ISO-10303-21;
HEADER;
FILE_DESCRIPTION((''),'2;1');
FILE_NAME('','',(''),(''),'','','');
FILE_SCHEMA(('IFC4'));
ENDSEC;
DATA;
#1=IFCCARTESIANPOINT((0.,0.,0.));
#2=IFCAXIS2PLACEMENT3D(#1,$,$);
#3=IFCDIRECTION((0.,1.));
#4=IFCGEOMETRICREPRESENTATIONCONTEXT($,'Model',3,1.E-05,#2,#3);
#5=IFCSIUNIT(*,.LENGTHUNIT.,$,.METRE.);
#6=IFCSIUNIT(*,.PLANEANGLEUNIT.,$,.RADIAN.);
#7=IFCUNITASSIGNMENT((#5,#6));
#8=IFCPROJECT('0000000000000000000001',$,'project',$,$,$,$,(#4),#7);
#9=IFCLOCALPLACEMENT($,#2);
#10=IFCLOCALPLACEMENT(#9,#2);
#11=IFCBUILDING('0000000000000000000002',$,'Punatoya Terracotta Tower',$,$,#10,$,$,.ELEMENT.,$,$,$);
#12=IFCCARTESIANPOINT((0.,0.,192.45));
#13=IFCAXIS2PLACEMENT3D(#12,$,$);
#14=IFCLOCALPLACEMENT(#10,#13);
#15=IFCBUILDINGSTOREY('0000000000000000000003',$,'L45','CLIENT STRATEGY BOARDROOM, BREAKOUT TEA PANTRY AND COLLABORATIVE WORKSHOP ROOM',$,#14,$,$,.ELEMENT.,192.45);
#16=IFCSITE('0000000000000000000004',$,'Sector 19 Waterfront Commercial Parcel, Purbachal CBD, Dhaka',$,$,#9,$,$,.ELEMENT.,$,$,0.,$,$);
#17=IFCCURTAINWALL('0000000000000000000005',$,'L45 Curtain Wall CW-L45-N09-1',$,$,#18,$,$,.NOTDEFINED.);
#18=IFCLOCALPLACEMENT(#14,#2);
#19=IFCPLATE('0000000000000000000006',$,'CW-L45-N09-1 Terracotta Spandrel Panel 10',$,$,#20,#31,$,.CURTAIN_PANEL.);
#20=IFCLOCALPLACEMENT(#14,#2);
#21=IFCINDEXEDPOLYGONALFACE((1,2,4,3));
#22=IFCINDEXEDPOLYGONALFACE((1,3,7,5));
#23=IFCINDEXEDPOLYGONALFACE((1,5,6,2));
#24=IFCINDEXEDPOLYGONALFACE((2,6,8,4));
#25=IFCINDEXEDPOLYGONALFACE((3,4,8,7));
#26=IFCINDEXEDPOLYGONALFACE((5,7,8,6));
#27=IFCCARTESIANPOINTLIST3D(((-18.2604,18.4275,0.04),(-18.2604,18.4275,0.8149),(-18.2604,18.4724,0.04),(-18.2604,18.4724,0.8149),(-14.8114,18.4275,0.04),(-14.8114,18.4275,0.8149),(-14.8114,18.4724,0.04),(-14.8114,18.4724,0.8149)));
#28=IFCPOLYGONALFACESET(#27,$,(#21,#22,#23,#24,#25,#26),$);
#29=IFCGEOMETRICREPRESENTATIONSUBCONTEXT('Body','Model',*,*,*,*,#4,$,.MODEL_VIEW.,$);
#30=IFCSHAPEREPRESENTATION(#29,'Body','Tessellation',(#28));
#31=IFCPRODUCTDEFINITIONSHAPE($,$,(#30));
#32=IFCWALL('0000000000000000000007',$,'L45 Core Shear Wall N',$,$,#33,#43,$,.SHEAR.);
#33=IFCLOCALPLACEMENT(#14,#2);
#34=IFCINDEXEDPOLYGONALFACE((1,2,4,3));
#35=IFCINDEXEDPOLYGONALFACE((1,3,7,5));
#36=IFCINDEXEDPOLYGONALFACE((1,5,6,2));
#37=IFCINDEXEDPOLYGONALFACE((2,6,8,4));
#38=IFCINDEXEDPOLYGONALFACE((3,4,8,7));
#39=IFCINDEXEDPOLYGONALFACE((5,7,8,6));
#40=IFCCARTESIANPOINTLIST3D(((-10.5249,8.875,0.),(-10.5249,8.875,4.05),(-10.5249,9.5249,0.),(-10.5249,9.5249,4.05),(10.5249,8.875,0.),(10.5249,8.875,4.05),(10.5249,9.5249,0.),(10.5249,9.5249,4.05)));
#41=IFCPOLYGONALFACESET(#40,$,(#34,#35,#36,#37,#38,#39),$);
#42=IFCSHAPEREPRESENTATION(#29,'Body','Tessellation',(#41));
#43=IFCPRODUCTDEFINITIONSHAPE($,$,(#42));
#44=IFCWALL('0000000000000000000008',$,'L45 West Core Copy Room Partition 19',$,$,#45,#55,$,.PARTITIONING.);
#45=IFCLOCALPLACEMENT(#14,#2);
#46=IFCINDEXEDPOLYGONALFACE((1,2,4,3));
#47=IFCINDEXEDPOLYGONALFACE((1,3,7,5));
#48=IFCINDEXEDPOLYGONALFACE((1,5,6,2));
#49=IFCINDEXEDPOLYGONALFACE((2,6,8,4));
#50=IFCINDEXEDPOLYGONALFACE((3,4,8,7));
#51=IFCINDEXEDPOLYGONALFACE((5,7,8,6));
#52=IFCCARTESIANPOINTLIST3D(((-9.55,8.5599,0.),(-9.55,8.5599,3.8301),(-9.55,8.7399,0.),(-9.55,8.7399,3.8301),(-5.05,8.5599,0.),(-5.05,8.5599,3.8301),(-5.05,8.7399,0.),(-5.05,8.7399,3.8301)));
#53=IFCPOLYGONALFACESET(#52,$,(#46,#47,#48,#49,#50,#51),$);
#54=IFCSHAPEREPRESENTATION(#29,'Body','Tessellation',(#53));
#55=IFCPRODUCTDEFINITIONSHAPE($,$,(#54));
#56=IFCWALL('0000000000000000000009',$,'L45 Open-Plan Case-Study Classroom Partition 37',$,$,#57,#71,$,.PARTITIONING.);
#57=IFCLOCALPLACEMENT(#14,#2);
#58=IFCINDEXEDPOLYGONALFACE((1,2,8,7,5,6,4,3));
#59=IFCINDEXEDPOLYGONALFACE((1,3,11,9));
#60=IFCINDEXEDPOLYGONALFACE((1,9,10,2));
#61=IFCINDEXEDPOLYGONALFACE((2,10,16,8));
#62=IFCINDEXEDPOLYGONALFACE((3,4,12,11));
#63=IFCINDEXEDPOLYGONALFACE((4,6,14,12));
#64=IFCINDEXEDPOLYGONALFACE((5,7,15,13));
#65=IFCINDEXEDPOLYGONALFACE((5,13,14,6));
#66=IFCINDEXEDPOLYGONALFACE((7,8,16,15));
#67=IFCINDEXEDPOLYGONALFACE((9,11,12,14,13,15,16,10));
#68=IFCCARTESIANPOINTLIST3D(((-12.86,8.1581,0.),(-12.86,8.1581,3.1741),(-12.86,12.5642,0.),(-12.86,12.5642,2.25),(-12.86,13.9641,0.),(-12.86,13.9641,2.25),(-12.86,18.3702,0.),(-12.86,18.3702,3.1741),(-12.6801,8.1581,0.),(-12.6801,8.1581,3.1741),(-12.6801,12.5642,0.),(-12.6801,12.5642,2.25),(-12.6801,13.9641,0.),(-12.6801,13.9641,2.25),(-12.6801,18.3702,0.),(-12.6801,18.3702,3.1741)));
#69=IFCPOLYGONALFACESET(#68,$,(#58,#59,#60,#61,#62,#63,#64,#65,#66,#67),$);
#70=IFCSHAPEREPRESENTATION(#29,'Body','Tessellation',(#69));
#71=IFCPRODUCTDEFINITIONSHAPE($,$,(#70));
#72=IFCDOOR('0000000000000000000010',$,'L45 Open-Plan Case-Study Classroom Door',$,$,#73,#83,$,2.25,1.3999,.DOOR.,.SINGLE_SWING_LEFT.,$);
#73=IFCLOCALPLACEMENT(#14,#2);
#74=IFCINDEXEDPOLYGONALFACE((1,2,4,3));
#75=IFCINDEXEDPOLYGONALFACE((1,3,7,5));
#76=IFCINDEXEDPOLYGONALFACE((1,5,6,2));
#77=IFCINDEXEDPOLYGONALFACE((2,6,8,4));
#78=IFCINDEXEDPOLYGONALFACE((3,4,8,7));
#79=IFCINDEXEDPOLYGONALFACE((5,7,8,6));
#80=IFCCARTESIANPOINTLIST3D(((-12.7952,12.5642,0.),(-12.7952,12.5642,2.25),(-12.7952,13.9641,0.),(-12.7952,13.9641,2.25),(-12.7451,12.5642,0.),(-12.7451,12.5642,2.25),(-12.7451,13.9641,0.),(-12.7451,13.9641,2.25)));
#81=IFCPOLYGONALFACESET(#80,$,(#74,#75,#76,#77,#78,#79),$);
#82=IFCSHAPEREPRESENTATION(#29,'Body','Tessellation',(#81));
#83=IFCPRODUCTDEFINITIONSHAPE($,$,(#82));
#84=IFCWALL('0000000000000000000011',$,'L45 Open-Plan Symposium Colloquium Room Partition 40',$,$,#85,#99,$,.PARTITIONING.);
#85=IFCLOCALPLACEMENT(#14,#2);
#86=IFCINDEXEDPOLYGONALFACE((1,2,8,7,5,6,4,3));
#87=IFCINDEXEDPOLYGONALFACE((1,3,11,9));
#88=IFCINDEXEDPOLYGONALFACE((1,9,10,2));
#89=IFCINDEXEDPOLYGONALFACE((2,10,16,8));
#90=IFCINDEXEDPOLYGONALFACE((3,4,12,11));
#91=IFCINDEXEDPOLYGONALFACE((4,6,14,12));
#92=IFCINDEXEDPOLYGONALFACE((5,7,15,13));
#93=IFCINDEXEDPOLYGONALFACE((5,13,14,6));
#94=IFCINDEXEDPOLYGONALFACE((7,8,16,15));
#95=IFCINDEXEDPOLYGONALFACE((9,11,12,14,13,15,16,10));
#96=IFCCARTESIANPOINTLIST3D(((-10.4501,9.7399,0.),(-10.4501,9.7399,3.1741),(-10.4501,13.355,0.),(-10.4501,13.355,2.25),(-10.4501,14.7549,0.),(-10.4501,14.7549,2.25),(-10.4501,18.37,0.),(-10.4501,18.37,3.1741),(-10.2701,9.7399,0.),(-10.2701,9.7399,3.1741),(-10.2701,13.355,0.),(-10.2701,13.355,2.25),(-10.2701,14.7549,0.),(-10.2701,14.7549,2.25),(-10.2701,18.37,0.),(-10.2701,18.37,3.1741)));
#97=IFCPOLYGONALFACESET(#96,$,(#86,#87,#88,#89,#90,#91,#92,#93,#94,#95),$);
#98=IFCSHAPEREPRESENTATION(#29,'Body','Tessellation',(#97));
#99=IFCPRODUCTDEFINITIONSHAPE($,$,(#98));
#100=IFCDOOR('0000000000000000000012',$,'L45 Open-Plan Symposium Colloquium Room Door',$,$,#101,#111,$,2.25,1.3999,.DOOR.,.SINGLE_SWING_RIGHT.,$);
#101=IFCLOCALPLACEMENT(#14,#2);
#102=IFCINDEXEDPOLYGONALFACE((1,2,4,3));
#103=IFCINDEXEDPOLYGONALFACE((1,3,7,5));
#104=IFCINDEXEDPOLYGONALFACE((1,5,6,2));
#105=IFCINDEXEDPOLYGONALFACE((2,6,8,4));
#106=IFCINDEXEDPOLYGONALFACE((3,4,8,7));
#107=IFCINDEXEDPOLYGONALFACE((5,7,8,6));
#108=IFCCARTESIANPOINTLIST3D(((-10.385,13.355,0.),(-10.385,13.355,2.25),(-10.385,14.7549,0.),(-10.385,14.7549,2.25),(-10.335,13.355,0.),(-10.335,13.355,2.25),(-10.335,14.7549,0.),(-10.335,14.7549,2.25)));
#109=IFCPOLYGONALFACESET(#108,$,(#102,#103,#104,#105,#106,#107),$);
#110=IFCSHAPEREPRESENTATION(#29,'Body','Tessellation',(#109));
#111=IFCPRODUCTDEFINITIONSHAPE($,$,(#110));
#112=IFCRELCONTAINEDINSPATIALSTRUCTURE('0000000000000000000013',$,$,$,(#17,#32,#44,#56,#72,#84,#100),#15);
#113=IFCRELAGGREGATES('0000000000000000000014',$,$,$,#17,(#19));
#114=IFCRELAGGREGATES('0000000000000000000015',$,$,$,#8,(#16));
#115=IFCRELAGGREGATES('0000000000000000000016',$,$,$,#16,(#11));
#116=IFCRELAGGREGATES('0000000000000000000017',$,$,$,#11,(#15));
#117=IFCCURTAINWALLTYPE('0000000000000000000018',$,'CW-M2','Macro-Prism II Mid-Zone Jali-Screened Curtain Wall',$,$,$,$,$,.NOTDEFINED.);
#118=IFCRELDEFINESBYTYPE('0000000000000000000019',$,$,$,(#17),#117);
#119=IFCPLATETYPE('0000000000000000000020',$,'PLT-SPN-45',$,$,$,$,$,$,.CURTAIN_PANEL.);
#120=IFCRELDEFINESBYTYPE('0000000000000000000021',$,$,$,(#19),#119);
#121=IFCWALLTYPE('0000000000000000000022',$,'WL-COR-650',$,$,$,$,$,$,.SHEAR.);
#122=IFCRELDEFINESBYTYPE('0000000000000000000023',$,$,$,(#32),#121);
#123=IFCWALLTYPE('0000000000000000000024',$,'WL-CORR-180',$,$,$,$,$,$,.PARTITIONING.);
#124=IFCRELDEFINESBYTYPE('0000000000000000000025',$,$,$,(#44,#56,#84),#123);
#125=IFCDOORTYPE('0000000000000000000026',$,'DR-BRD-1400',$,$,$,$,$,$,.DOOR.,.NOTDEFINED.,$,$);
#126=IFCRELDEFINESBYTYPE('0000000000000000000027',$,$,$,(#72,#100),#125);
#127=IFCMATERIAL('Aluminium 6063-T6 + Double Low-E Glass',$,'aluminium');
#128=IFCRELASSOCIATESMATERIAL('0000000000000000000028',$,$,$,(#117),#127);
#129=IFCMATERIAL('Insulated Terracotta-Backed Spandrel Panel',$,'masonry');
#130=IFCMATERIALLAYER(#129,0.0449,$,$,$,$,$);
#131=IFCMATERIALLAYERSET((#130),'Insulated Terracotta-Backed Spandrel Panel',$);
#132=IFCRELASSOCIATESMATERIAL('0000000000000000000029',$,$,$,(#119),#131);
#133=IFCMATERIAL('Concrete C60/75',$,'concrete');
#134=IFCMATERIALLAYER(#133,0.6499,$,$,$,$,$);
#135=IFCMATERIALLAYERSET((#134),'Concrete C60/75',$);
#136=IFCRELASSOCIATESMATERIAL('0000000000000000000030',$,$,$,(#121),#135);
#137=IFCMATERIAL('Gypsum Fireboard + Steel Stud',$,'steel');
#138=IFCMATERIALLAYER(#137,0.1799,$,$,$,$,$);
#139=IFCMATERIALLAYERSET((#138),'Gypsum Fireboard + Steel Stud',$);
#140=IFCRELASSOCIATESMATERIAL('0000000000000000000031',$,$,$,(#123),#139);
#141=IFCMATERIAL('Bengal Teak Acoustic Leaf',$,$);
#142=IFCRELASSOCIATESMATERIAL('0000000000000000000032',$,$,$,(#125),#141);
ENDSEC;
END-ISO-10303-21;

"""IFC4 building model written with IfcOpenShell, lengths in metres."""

from ifc_helpers import new_model, si_unit, direction, frame, frame_2d, origin, origin_2d, place, context, subcontext, project, spatial, rectangle, extrude, material, layer, layer_set, type_object, element, fill, aggregate, save


model = new_model("IFC4")

# Units and contexts
model_context = context("Model", 3, precision=1e-05, world=origin(), true_north=direction((0.0, 1.0)))
body_context = subcontext(model_context, "Body", "Model", "MODEL_VIEW")
ifc_project = project(units=[si_unit("LENGTHUNIT", "METRE"), si_unit("PLANEANGLEUNIT", "RADIAN")], contexts=[model_context])

# Site, building, storey
site_placement = place(None, origin())
site = spatial("IfcSite", under=ifc_project, at=site_placement, Name="Sector 19 Waterfront Commercial Parcel, Purbachal CBD, Dhaka", CompositionType="ELEMENT", RefElevation=0.0)
building_placement = place(site_placement, origin())
building = spatial("IfcBuilding", under=site, at=building_placement, Name="Punatoya Terracotta Tower", CompositionType="ELEMENT")
storey_placement = place(building_placement, frame((0.0, 0.0, 192.45)))
storey = spatial("IfcBuildingStorey", under=building, at=storey_placement, Name="L45", Description="CLIENT STRATEGY BOARDROOM, BREAKOUT TEA PANTRY AND COLLABORATIVE WORKSHOP ROOM", CompositionType="ELEMENT", Elevation=192.45)

# Curtain wall, plate
ifc_material_1 = material(Name="Aluminium 6063-T6 + Double Low-E Glass", Category="aluminium")
curtain_wall_type = type_object("IfcCurtainWallType", Name="CW-M2", Description="Macro-Prism II Mid-Zone Jali-Screened Curtain Wall", PredefinedType="NOTDEFINED", material=ifc_material_1)
curtain_wall_placement = place(storey_placement, origin())
curtain_wall = element("IfcCurtainWall", 1, at=curtain_wall_placement, inside=storey, type_object=curtain_wall_type, Name="L45 Curtain Wall CW-L45-N09-1", PredefinedType="NOTDEFINED")
ifc_material_2 = material(Name="Insulated Terracotta-Backed Spandrel Panel", Category="masonry")
ifc_layer_1 = layer(ifc_material_2, 0.0449)
ifc_layer_set_1 = layer_set([ifc_layer_1], Name="Insulated Terracotta-Backed Spandrel Panel")
plate_type_1 = type_object("IfcPlateType", Name="PLT-SPN-45", PredefinedType="CURTAIN_PANEL", material=ifc_layer_set_1)
plate_1_placement = place(storey_placement, frame((-16.5359, 18.45, 0.04), z_axis=(0.0, 0.0, 1.0), x_axis=(-1.0, 0.0, 0.0)))
plate_1 = element("IfcPlate", 2, at=plate_1_placement, type_object=plate_type_1, Name="CW-L45-N09-1 Terracotta Spandrel Panel 10", PredefinedType="CURTAIN_PANEL", context=body_context, shape_type="SweptSolid", body=[
    extrude(rectangle(XDim=3.449, YDim=0.0449, at=origin_2d()), origin(), (0.0, 0.0, 1.0), 0.7749),
])
aggregate(curtain_wall, [plate_1])

# Walls
ifc_material_3 = material(Name="Concrete C60/75", Category="concrete")
ifc_layer_2 = layer(ifc_material_3, 0.6499)
ifc_layer_set_2 = layer_set([ifc_layer_2], Name="Concrete C60/75")
wall_type_1 = type_object("IfcWallType", Name="WL-COR-650", PredefinedType="SHEAR", material=ifc_layer_set_2)
wall_1_placement = place(storey_placement, frame((-10.5249, 9.2, 0.0), z_axis=(0.0, 0.0, 1.0), x_axis=(1.0, 0.0, 0.0)))
element("IfcWall", 3, at=wall_1_placement, inside=storey, type_object=wall_type_1, Name="L45 Core Shear Wall N", PredefinedType="SHEAR", context=body_context, shape_type="SweptSolid", body=[
    extrude(rectangle(XDim=21.0498, YDim=0.6499, at=frame_2d((10.5249, 0.0))), origin(), (0.0, 0.0, 1.0), 4.05),
])
ifc_material_4 = material(Name="Gypsum Fireboard + Steel Stud", Category="steel")
ifc_layer_3 = layer(ifc_material_4, 0.1799)
ifc_layer_set_3 = layer_set([ifc_layer_3], Name="Gypsum Fireboard + Steel Stud")
wall_type_2 = type_object("IfcWallType", Name="WL-CORR-180", PredefinedType="PARTITIONING", material=ifc_layer_set_3)
wall_2_placement = place(storey_placement, frame((-5.05, 8.6499, 0.0), z_axis=(0.0, 0.0, 1.0), x_axis=(-1.0, 0.0, 0.0)))
element("IfcWall", 4, at=wall_2_placement, inside=storey, type_object=wall_type_2, Name="L45 West Core Copy Room Partition 19", PredefinedType="PARTITIONING", context=body_context, shape_type="SweptSolid", body=[
    extrude(rectangle(XDim=4.5, YDim=0.1799, at=frame_2d((2.25, 0.0))), origin(), (0.0, 0.0, 1.0), 3.8301),
])

# Walls, openings, doors
wall_3_placement = place(storey_placement, frame((-12.77, 18.3701, 0.0), z_axis=(0.0, 0.0, 1.0), x_axis=(0.0, -1.0, 0.0)))
wall_3 = element("IfcWall", 5, at=wall_3_placement, inside=storey, type_object=wall_type_2, Name="L45 Open-Plan Case-Study Classroom Partition 37", PredefinedType="PARTITIONING", context=body_context, shape_type="SweptSolid", body=[
    extrude(rectangle(XDim=10.2122, YDim=0.1799, at=frame_2d((5.106, 0.0))), origin(), (0.0, 0.0, 1.0), 3.1741),
])
opening_1_placement = place(wall_3_placement, frame((4.406, 0.0, 0.0)))
opening_1 = element("IfcOpeningElement", 6, at=opening_1_placement, cuts=wall_3, PredefinedType="OPENING", context=body_context, shape_type="SweptSolid", body=[
    extrude(rectangle(XDim=1.3999, YDim=2.25, at=frame_2d((0.7, 1.125))), frame((0.0, 0.0999, 0.0), z_axis=(0.0, -1.0, 0.0), x_axis=(1.0, 0.0, 0.0)), (0.0, 0.0, 1.0), 0.2),
])
ifc_material_5 = material(Name="Bengal Teak Acoustic Leaf")
door_type = type_object("IfcDoorType", Name="DR-BRD-1400", OperationType="NOTDEFINED", PredefinedType="DOOR", material=ifc_material_5)
door_1_placement = place(opening_1_placement, origin())
door_1 = element("IfcDoor", 7, at=door_1_placement, inside=storey, type_object=door_type, Name="L45 Open-Plan Case-Study Classroom Door", OperationType="SINGLE_SWING_LEFT", OverallHeight=2.25, OverallWidth=1.3999, PredefinedType="DOOR", context=body_context, shape_type="SweptSolid", body=[
    extrude(rectangle(XDim=1.3999, YDim=2.25, at=frame_2d((0.7, 1.125))), frame((0.0, 0.0249, 0.0), z_axis=(0.0, -1.0, 0.0), x_axis=(1.0, 0.0, 0.0)), (0.0, 0.0, 1.0), 0.05),
])
fill(opening_1, door_1)
wall_4_placement = place(storey_placement, frame((-10.3601, 9.74, 0.0), z_axis=(0.0, 0.0, 1.0), x_axis=(0.0, 1.0, 0.0)))
wall_4 = element("IfcWall", 8, at=wall_4_placement, inside=storey, type_object=wall_type_2, Name="L45 Open-Plan Symposium Colloquium Room Partition 40", PredefinedType="PARTITIONING", context=body_context, shape_type="SweptSolid", body=[
    extrude(rectangle(XDim=8.6301, YDim=0.1799, at=frame_2d((4.3149, 0.0))), origin(), (0.0, 0.0, 1.0), 3.1741),
])
opening_2_placement = place(wall_4_placement, frame((3.615, 0.0, 0.0)))
opening_2 = element("IfcOpeningElement", 9, at=opening_2_placement, cuts=wall_4, PredefinedType="OPENING", context=body_context, shape_type="SweptSolid", body=[
    extrude(rectangle(XDim=1.3999, YDim=2.25, at=frame_2d((0.7, 1.125))), frame((0.0, 0.0999, 0.0), z_axis=(0.0, -1.0, 0.0), x_axis=(1.0, 0.0, 0.0)), (0.0, 0.0, 1.0), 0.2),
])
door_2_placement = place(opening_2_placement, origin())
door_2 = element("IfcDoor", 10, at=door_2_placement, inside=storey, type_object=door_type, Name="L45 Open-Plan Symposium Colloquium Room Door", OperationType="SINGLE_SWING_RIGHT", OverallHeight=2.25, OverallWidth=1.3999, PredefinedType="DOOR", context=body_context, shape_type="SweptSolid", body=[
    extrude(rectangle(XDim=1.3999, YDim=2.25, at=frame_2d((0.7, 1.125))), frame((0.0, 0.0249, 0.0), z_axis=(0.0, -1.0, 0.0), x_axis=(1.0, 0.0, 0.0)), (0.0, 0.0, 1.0), 0.05),
])
fill(opening_2, door_2)

save(model, "model.ifc")
